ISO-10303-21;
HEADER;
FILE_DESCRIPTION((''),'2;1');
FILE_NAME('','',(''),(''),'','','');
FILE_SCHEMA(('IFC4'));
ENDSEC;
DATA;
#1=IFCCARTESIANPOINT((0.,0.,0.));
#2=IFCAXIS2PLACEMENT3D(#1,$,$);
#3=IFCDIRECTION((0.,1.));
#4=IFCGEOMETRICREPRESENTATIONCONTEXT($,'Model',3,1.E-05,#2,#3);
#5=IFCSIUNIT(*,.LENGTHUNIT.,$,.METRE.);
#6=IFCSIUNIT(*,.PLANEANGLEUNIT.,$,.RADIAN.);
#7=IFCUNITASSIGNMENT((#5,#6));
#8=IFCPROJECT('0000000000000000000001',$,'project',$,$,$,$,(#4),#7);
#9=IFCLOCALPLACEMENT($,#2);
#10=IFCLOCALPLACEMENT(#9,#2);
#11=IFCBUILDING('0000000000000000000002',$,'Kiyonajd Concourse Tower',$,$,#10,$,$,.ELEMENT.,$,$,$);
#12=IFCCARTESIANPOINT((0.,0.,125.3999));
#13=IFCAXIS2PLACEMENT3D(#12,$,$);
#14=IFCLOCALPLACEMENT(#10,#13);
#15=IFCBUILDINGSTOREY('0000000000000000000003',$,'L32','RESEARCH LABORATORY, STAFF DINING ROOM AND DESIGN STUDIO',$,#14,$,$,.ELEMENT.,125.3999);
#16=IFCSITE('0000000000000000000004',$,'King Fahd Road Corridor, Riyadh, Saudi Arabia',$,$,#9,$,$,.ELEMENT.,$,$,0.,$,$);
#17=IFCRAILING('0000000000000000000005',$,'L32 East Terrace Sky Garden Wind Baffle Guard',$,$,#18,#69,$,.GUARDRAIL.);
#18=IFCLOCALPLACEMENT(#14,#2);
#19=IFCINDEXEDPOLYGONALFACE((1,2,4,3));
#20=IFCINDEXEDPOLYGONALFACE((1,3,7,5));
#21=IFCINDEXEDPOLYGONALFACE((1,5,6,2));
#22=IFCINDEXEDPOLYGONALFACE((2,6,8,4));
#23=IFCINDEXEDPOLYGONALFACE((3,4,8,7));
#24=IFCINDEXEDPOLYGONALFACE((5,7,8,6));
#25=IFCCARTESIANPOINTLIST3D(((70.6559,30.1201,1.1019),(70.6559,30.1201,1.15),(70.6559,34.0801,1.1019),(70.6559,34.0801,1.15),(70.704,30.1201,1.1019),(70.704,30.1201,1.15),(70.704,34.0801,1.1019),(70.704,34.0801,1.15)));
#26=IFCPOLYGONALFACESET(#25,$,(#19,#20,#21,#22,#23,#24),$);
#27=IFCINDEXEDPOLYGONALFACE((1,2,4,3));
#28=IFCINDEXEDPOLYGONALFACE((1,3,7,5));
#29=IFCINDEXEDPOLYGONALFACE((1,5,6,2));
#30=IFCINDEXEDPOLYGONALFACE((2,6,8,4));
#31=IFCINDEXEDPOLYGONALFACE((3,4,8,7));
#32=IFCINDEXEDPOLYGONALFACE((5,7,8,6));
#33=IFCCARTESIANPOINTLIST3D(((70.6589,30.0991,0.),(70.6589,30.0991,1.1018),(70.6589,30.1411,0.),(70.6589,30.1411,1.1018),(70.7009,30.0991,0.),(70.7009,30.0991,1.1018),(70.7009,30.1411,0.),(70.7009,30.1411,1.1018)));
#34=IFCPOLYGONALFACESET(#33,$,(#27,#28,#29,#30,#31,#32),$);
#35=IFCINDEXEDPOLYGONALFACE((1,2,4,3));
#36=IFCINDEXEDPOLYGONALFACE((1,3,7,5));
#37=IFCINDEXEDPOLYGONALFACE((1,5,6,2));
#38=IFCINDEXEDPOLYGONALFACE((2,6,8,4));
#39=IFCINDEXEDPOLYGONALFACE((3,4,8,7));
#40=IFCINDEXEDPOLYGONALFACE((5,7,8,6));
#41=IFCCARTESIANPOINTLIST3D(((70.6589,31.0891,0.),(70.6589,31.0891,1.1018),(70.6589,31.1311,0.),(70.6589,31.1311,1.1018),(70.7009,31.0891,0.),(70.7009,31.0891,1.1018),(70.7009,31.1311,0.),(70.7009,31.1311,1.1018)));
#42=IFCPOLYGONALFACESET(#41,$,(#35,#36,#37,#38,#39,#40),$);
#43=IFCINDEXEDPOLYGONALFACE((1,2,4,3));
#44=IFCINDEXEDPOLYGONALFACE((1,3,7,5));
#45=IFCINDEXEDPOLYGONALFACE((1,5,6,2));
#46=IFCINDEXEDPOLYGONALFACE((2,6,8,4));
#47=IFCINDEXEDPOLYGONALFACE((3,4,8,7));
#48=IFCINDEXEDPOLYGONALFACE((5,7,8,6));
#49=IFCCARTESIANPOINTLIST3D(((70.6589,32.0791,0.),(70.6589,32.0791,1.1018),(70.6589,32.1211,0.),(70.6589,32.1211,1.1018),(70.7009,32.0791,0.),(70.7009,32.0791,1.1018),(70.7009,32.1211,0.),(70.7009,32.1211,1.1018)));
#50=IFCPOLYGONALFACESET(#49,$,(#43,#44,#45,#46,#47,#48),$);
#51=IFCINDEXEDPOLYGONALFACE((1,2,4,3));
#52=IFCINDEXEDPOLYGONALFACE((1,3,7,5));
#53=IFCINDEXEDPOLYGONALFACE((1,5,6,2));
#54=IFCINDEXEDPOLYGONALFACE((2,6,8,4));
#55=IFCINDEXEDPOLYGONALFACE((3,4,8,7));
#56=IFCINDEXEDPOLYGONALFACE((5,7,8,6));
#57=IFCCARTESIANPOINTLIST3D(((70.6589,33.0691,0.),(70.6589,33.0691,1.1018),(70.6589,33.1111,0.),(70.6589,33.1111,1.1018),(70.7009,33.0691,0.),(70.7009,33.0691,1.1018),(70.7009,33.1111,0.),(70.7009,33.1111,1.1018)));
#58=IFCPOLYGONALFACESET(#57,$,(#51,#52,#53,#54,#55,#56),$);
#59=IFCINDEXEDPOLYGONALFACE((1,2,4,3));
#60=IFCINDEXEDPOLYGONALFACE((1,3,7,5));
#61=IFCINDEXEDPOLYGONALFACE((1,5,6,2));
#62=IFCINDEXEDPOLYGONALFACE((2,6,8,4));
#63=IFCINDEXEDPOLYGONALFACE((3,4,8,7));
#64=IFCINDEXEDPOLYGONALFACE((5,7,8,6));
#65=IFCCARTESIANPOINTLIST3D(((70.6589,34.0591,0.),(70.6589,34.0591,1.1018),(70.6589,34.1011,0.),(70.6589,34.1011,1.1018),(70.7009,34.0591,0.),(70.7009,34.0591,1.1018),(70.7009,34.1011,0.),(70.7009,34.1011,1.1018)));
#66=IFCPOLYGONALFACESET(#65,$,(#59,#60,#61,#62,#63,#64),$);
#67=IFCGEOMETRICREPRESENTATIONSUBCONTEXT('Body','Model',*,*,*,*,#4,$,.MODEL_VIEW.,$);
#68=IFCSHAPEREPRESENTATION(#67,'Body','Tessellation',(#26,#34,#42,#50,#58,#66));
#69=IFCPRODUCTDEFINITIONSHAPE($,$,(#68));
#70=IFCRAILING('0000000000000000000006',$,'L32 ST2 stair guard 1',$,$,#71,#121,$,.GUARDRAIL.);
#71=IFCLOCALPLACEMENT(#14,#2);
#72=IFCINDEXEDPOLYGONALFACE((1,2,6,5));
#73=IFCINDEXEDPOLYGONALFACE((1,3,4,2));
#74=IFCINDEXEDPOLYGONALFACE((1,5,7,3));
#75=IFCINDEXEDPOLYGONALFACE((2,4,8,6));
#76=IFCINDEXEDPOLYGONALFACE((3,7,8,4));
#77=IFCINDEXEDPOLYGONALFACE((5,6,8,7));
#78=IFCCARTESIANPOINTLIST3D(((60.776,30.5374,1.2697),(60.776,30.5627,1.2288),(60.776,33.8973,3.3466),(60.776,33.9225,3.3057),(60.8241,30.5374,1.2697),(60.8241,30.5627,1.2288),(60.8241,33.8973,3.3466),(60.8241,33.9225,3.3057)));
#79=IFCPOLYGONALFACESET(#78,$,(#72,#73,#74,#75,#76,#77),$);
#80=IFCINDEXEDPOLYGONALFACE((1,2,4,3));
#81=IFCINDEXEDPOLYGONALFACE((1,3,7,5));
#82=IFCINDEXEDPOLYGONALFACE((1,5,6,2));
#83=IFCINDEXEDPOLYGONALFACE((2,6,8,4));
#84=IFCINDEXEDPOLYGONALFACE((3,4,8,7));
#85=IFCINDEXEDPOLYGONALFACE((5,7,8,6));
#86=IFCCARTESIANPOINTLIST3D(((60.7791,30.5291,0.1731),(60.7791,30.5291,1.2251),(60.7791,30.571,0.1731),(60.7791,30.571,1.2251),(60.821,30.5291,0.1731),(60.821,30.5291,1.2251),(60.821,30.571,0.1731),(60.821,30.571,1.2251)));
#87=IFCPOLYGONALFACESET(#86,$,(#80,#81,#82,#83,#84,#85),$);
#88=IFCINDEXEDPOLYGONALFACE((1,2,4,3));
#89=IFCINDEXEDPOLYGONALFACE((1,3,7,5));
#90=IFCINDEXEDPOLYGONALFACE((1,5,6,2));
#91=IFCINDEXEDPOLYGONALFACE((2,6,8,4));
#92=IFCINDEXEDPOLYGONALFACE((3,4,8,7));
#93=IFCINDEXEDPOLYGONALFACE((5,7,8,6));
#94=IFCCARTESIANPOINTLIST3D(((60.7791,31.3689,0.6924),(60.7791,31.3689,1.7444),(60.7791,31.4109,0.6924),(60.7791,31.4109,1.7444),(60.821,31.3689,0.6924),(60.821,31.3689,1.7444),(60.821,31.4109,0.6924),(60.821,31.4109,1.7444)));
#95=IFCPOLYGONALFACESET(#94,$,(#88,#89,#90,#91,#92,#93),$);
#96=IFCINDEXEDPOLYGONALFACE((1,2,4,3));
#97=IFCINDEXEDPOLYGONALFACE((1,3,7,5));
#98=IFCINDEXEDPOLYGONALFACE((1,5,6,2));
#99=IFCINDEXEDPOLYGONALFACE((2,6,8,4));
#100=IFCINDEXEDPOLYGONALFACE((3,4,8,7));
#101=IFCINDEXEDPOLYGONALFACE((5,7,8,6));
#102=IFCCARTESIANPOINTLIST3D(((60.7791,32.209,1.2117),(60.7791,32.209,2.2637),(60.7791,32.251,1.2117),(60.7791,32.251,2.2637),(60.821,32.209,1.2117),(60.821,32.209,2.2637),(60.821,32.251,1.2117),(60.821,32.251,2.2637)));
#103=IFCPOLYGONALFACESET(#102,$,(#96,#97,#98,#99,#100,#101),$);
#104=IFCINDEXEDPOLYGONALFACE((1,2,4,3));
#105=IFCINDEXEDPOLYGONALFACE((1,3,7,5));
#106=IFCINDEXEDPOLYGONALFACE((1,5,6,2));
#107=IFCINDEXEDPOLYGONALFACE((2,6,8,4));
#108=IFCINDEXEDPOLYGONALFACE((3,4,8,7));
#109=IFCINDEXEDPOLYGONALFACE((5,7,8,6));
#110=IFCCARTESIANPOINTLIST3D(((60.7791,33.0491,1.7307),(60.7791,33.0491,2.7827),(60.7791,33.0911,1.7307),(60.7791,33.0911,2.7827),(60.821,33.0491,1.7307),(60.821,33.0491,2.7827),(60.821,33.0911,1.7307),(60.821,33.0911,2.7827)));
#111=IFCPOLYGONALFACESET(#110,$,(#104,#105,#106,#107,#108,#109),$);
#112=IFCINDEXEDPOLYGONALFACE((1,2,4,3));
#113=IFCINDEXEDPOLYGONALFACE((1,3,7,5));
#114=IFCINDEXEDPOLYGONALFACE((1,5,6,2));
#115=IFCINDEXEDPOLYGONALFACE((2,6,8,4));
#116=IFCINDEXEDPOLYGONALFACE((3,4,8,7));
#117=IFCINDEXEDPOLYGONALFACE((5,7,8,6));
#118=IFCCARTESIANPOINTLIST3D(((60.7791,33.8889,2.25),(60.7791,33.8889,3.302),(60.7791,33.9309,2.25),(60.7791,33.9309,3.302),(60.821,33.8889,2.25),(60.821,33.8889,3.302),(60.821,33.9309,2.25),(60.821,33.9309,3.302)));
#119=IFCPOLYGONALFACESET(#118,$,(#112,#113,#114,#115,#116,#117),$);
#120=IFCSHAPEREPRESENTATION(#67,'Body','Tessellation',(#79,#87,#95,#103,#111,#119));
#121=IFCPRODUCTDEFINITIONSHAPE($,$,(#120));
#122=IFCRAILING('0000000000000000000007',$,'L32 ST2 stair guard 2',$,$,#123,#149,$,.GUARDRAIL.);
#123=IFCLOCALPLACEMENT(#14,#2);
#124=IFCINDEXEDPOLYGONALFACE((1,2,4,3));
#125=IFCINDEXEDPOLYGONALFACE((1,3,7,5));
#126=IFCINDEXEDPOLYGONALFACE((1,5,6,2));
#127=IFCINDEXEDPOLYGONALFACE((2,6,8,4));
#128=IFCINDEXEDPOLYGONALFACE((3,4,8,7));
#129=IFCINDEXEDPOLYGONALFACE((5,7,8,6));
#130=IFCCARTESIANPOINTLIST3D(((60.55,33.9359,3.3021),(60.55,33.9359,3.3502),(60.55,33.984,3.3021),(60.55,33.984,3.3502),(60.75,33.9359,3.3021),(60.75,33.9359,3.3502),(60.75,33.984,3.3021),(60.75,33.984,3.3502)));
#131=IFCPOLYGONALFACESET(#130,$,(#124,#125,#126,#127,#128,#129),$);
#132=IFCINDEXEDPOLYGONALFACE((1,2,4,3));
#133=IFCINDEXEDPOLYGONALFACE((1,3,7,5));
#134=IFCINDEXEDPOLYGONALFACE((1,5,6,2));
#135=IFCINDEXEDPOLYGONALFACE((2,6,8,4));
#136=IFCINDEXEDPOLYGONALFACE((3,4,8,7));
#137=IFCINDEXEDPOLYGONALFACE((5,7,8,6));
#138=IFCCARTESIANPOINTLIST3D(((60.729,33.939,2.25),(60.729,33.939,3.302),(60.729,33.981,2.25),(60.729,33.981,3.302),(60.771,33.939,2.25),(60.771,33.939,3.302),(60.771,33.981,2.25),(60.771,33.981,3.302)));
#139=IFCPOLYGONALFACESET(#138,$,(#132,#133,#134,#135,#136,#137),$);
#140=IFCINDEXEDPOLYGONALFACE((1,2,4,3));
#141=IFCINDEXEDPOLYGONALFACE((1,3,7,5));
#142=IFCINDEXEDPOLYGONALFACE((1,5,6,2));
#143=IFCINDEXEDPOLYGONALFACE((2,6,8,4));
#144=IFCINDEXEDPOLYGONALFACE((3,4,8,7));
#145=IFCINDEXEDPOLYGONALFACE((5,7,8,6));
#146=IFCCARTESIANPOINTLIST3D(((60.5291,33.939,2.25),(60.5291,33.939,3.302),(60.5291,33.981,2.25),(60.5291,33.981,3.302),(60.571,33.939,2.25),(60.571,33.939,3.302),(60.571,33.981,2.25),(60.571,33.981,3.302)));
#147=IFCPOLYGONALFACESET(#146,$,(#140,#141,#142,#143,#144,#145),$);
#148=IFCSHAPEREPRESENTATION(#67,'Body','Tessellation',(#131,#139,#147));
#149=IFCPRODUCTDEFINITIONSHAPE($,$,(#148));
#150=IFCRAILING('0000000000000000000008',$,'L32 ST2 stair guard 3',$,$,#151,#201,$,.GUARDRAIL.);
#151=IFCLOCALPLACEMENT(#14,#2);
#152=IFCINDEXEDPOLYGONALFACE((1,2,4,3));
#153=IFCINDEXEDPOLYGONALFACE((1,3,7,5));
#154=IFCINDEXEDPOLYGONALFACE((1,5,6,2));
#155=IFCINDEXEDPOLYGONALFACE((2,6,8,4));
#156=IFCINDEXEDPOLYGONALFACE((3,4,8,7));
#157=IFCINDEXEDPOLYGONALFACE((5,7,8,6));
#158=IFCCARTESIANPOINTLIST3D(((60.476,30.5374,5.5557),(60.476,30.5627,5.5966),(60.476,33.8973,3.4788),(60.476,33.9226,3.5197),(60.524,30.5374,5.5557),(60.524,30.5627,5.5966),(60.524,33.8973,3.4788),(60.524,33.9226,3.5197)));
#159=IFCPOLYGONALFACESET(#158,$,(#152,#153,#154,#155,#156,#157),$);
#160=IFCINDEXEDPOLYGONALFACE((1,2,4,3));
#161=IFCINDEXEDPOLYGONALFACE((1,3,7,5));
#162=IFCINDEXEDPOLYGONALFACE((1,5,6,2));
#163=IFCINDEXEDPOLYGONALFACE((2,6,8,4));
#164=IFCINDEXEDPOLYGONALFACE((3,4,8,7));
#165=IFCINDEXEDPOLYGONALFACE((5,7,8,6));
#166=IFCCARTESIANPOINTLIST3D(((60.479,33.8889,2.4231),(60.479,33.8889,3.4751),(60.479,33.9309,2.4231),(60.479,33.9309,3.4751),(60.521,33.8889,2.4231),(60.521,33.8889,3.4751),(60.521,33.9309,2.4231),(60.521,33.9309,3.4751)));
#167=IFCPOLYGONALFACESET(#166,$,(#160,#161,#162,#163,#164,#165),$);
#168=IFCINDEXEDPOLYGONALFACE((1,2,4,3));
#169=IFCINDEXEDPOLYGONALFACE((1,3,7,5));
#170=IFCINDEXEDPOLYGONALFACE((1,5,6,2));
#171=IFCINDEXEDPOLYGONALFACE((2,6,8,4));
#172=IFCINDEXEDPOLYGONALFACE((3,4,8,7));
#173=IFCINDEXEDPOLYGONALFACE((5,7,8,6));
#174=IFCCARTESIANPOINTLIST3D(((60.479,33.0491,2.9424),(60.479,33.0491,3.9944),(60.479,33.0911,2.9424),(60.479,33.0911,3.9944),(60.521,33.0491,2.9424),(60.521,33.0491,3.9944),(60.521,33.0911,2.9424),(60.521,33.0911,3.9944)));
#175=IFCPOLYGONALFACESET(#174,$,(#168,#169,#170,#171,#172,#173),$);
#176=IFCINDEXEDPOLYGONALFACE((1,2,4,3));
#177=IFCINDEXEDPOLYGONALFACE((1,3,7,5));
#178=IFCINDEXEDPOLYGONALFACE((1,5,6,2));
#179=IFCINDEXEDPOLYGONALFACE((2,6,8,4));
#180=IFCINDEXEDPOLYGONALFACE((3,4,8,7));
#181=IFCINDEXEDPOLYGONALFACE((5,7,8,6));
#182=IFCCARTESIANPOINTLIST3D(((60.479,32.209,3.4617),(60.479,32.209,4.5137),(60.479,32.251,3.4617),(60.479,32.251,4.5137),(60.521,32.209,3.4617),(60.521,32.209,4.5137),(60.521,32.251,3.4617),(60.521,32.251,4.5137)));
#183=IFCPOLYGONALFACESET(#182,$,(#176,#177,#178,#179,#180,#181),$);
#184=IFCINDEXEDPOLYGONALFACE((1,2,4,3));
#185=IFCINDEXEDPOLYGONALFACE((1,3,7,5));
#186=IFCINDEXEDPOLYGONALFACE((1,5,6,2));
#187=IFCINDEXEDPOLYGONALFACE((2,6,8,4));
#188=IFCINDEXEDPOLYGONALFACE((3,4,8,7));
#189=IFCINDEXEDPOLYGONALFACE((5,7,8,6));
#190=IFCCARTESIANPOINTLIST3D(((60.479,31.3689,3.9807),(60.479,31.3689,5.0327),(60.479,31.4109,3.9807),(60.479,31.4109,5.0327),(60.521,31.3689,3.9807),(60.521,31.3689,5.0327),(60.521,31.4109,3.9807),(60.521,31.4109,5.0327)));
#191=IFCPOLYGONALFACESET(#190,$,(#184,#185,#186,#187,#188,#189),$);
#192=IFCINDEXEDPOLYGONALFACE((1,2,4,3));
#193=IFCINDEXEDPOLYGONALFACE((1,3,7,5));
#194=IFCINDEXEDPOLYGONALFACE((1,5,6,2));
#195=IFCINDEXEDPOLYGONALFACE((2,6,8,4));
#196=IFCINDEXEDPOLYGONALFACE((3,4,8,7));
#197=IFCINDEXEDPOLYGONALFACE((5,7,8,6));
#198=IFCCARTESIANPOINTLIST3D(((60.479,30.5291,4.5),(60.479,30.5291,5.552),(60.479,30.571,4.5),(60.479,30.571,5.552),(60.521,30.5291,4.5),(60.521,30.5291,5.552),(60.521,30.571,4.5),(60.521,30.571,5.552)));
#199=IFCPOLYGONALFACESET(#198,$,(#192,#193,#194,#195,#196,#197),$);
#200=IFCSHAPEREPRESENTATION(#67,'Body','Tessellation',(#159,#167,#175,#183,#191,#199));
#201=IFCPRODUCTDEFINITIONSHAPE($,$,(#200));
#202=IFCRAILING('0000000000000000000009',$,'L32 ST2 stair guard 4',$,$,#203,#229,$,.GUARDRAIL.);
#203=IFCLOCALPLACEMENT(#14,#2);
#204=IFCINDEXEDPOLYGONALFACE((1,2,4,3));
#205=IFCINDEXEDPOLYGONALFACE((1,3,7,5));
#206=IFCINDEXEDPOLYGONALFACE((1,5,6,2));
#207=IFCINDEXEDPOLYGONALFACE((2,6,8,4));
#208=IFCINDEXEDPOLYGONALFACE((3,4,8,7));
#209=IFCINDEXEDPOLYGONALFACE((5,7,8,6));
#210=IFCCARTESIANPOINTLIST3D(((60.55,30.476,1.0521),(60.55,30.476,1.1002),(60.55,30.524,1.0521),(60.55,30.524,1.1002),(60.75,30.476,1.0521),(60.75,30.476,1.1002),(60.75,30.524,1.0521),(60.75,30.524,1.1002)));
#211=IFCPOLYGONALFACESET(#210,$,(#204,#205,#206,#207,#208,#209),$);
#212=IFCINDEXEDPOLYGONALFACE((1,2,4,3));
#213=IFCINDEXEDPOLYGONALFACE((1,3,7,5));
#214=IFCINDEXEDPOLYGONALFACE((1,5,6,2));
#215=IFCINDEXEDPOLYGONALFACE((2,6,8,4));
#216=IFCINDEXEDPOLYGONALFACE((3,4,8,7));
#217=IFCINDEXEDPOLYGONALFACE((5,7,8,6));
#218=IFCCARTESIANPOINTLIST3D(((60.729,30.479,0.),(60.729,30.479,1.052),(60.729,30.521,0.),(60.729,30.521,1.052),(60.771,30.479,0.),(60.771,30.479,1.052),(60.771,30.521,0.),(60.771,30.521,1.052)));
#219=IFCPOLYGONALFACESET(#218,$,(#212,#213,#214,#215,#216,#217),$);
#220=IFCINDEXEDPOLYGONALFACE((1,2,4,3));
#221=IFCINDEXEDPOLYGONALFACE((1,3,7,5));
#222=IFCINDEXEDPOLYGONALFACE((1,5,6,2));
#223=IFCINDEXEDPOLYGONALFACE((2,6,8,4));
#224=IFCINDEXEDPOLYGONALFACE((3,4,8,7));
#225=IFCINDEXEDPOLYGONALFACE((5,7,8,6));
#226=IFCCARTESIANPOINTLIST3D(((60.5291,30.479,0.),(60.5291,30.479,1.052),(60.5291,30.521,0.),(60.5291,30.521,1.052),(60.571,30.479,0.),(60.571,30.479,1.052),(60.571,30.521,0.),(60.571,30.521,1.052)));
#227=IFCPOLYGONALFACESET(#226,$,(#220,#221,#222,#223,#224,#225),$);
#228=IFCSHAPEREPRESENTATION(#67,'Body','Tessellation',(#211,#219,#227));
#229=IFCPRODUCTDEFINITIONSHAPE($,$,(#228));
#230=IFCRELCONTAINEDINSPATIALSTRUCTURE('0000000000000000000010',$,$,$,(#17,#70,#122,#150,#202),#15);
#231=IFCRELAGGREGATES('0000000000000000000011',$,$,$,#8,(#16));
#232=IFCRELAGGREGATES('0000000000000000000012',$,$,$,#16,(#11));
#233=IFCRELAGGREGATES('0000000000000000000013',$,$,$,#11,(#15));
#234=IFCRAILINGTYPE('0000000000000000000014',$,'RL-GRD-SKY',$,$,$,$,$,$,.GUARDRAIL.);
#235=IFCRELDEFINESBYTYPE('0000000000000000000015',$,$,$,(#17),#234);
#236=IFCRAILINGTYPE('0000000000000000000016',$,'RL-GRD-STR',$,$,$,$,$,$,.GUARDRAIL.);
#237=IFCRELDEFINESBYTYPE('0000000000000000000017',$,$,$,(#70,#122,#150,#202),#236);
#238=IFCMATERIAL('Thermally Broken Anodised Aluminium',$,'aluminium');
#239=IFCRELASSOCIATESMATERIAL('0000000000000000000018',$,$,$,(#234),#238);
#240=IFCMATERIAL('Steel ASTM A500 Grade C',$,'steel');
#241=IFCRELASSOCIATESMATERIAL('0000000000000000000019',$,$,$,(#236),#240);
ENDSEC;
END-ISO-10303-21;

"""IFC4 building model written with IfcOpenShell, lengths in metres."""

from ifc_helpers import new_model, si_unit, direction, frame, origin, origin_2d, place, context, subcontext, project, spatial, rectangle, extrude, material, type_object, element, save


model = new_model("IFC4")

# Units and contexts
model_context = context("Model", 3, precision=1e-05, world=origin(), true_north=direction((0.0, 1.0)))
body_context = subcontext(model_context, "Body", "Model", "MODEL_VIEW")
ifc_project = project(units=[si_unit("LENGTHUNIT", "METRE"), si_unit("PLANEANGLEUNIT", "RADIAN")], contexts=[model_context])

# Site, building, storey
site_placement = place(None, origin())
site = spatial("IfcSite", under=ifc_project, at=site_placement, Name="King Fahd Road Corridor, Riyadh, Saudi Arabia", CompositionType="ELEMENT", RefElevation=0.0)
building_placement = place(site_placement, origin())
building = spatial("IfcBuilding", under=site, at=building_placement, Name="Kiyonajd Concourse Tower", CompositionType="ELEMENT")
storey_placement = place(building_placement, frame((0.0, 0.0, 125.3999)))
storey = spatial("IfcBuildingStorey", under=building, at=storey_placement, Name="L32", Description="RESEARCH LABORATORY, STAFF DINING ROOM AND DESIGN STUDIO", CompositionType="ELEMENT", Elevation=125.3999)

# Shared definitions
ifc_material_1 = material(Name="Thermally Broken Anodised Aluminium", Category="aluminium")

# Railings
railing_type_1 = type_object("IfcRailingType", Name="RL-GRD-SKY", PredefinedType="GUARDRAIL", material=ifc_material_1)
railing_1_placement = place(storey_placement, frame((70.6799, 30.1201, 0.0)))
element("IfcRailing", 1, at=railing_1_placement, inside=storey, type_object=railing_type_1, Name="L32 East Terrace Sky Garden Wind Baffle Guard", PredefinedType="GUARDRAIL", context=body_context, shape_type="SweptSolid", body=[
    extrude(rectangle(XDim=0.0481, YDim=0.0481, at=origin_2d()), frame((0.0, 0.0, 1.126), z_axis=(0.0, 1.0, 0.0), x_axis=(-1.0, 0.0, 0.0)), (0.0, 0.0, 1.0), 3.96),
    extrude(rectangle(XDim=0.042, YDim=0.042, at=origin_2d()), origin(), (0.0, 0.0, 1.0), 1.1018),
    extrude(rectangle(XDim=0.042, YDim=0.042, at=origin_2d()), frame((0.0, 0.99, 0.0)), (0.0, 0.0, 1.0), 1.1018),
    extrude(rectangle(XDim=0.042, YDim=0.042, at=origin_2d()), frame((0.0, 1.98, 0.0)), (0.0, 0.0, 1.0), 1.1018),
    extrude(rectangle(XDim=0.042, YDim=0.042, at=origin_2d()), frame((0.0, 2.97, 0.0)), (0.0, 0.0, 1.0), 1.1018),
    extrude(rectangle(XDim=0.042, YDim=0.042, at=origin_2d()), frame((0.0, 3.96, 0.0)), (0.0, 0.0, 1.0), 1.1018),
])
ifc_material_2 = material(Name="Steel ASTM A500 Grade C", Category="steel")
railing_type_2 = type_object("IfcRailingType", Name="RL-GRD-STR", PredefinedType="GUARDRAIL", material=ifc_material_2)
railing_2_placement = place(storey_placement, frame((60.8, 30.55, 0.1731)))
element("IfcRailing", 2, at=railing_2_placement, inside=storey, type_object=railing_type_2, Name="L32 ST2 stair guard 1", PredefinedType="GUARDRAIL", context=body_context, shape_type="SweptSolid", body=[
    extrude(rectangle(XDim=0.0481, YDim=0.0481, at=origin_2d()), frame((0.0, 0.0, 1.0762), z_axis=(0.0, 0.850606, 0.525803), x_axis=(-1.0, 0.0, 0.0)), (0.0, 0.0, 1.0), 3.95),
    extrude(rectangle(XDim=0.042, YDim=0.042, at=origin_2d()), origin(), (0.0, 0.0, 1.0), 1.052),
    extrude(rectangle(XDim=0.042, YDim=0.042, at=origin_2d()), frame((0.0, 0.8398, 0.5193)), (0.0, 0.0, 1.0), 1.052),
    extrude(rectangle(XDim=0.042, YDim=0.042, at=origin_2d()), frame((0.0, 1.6799, 1.0386)), (0.0, 0.0, 1.0), 1.052),
    extrude(rectangle(XDim=0.042, YDim=0.042, at=origin_2d()), frame((0.0, 2.52, 1.5576)), (0.0, 0.0, 1.0), 1.052),
    extrude(rectangle(XDim=0.042, YDim=0.042, at=origin_2d()), frame((0.0, 3.3599, 2.0769)), (0.0, 0.0, 1.0), 1.052),
])
railing_3_placement = place(storey_placement, frame((60.75, 33.96, 2.25)))
element("IfcRailing", 3, at=railing_3_placement, inside=storey, type_object=railing_type_2, Name="L32 ST2 stair guard 2", PredefinedType="GUARDRAIL", context=body_context, shape_type="SweptSolid", body=[
    extrude(rectangle(XDim=0.0481, YDim=0.0481, at=origin_2d()), frame((0.0, 0.0, 1.0762), z_axis=(-1.0, 0.0, 0.0), x_axis=(0.0, -1.0, 0.0)), (0.0, 0.0, 1.0), 0.2),
    extrude(rectangle(XDim=0.042, YDim=0.042, at=origin_2d()), origin(), (0.0, 0.0, 1.0), 1.052),
    extrude(rectangle(XDim=0.042, YDim=0.042, at=origin_2d()), frame((-0.2, 0.0, 0.0)), (0.0, 0.0, 1.0), 1.052),
])
railing_4_placement = place(storey_placement, frame((60.5, 33.9099, 2.4231)))
element("IfcRailing", 4, at=railing_4_placement, inside=storey, type_object=railing_type_2, Name="L32 ST2 stair guard 3", PredefinedType="GUARDRAIL", context=body_context, shape_type="SweptSolid", body=[
    extrude(rectangle(XDim=0.0481, YDim=0.0481, at=origin_2d()), frame((0.0, 0.0, 1.0762), z_axis=(0.0, -0.850606, 0.525803), x_axis=(1.0, 0.0, 0.0)), (0.0, 0.0, 1.0), 3.95),
    extrude(rectangle(XDim=0.042, YDim=0.042, at=origin_2d()), origin(), (0.0, 0.0, 1.0), 1.052),
    extrude(rectangle(XDim=0.042, YDim=0.042, at=origin_2d()), frame((0.0, -0.8398, 0.5193)), (0.0, 0.0, 1.0), 1.052),
    extrude(rectangle(XDim=0.042, YDim=0.042, at=origin_2d()), frame((0.0, -1.6799, 1.0386)), (0.0, 0.0, 1.0), 1.052),
    extrude(rectangle(XDim=0.042, YDim=0.042, at=origin_2d()), frame((0.0, -2.52, 1.5576)), (0.0, 0.0, 1.0), 1.052),
    extrude(rectangle(XDim=0.042, YDim=0.042, at=origin_2d()), frame((0.0, -3.3599, 2.0769)), (0.0, 0.0, 1.0), 1.052),
])
railing_5_placement = place(storey_placement, frame((60.75, 30.5, 0.0)))
element("IfcRailing", 5, at=railing_5_placement, inside=storey, type_object=railing_type_2, Name="L32 ST2 stair guard 4", PredefinedType="GUARDRAIL", context=body_context, shape_type="SweptSolid", body=[
    extrude(rectangle(XDim=0.0481, YDim=0.0481, at=origin_2d()), frame((0.0, 0.0, 1.0762), z_axis=(-1.0, 0.0, 0.0), x_axis=(0.0, -1.0, 0.0)), (0.0, 0.0, 1.0), 0.2),
    extrude(rectangle(XDim=0.042, YDim=0.042, at=origin_2d()), origin(), (0.0, 0.0, 1.0), 1.052),
    extrude(rectangle(XDim=0.042, YDim=0.042, at=origin_2d()), frame((-0.2, 0.0, 0.0)), (0.0, 0.0, 1.0), 1.052),
])

save(model, "model.ifc")
